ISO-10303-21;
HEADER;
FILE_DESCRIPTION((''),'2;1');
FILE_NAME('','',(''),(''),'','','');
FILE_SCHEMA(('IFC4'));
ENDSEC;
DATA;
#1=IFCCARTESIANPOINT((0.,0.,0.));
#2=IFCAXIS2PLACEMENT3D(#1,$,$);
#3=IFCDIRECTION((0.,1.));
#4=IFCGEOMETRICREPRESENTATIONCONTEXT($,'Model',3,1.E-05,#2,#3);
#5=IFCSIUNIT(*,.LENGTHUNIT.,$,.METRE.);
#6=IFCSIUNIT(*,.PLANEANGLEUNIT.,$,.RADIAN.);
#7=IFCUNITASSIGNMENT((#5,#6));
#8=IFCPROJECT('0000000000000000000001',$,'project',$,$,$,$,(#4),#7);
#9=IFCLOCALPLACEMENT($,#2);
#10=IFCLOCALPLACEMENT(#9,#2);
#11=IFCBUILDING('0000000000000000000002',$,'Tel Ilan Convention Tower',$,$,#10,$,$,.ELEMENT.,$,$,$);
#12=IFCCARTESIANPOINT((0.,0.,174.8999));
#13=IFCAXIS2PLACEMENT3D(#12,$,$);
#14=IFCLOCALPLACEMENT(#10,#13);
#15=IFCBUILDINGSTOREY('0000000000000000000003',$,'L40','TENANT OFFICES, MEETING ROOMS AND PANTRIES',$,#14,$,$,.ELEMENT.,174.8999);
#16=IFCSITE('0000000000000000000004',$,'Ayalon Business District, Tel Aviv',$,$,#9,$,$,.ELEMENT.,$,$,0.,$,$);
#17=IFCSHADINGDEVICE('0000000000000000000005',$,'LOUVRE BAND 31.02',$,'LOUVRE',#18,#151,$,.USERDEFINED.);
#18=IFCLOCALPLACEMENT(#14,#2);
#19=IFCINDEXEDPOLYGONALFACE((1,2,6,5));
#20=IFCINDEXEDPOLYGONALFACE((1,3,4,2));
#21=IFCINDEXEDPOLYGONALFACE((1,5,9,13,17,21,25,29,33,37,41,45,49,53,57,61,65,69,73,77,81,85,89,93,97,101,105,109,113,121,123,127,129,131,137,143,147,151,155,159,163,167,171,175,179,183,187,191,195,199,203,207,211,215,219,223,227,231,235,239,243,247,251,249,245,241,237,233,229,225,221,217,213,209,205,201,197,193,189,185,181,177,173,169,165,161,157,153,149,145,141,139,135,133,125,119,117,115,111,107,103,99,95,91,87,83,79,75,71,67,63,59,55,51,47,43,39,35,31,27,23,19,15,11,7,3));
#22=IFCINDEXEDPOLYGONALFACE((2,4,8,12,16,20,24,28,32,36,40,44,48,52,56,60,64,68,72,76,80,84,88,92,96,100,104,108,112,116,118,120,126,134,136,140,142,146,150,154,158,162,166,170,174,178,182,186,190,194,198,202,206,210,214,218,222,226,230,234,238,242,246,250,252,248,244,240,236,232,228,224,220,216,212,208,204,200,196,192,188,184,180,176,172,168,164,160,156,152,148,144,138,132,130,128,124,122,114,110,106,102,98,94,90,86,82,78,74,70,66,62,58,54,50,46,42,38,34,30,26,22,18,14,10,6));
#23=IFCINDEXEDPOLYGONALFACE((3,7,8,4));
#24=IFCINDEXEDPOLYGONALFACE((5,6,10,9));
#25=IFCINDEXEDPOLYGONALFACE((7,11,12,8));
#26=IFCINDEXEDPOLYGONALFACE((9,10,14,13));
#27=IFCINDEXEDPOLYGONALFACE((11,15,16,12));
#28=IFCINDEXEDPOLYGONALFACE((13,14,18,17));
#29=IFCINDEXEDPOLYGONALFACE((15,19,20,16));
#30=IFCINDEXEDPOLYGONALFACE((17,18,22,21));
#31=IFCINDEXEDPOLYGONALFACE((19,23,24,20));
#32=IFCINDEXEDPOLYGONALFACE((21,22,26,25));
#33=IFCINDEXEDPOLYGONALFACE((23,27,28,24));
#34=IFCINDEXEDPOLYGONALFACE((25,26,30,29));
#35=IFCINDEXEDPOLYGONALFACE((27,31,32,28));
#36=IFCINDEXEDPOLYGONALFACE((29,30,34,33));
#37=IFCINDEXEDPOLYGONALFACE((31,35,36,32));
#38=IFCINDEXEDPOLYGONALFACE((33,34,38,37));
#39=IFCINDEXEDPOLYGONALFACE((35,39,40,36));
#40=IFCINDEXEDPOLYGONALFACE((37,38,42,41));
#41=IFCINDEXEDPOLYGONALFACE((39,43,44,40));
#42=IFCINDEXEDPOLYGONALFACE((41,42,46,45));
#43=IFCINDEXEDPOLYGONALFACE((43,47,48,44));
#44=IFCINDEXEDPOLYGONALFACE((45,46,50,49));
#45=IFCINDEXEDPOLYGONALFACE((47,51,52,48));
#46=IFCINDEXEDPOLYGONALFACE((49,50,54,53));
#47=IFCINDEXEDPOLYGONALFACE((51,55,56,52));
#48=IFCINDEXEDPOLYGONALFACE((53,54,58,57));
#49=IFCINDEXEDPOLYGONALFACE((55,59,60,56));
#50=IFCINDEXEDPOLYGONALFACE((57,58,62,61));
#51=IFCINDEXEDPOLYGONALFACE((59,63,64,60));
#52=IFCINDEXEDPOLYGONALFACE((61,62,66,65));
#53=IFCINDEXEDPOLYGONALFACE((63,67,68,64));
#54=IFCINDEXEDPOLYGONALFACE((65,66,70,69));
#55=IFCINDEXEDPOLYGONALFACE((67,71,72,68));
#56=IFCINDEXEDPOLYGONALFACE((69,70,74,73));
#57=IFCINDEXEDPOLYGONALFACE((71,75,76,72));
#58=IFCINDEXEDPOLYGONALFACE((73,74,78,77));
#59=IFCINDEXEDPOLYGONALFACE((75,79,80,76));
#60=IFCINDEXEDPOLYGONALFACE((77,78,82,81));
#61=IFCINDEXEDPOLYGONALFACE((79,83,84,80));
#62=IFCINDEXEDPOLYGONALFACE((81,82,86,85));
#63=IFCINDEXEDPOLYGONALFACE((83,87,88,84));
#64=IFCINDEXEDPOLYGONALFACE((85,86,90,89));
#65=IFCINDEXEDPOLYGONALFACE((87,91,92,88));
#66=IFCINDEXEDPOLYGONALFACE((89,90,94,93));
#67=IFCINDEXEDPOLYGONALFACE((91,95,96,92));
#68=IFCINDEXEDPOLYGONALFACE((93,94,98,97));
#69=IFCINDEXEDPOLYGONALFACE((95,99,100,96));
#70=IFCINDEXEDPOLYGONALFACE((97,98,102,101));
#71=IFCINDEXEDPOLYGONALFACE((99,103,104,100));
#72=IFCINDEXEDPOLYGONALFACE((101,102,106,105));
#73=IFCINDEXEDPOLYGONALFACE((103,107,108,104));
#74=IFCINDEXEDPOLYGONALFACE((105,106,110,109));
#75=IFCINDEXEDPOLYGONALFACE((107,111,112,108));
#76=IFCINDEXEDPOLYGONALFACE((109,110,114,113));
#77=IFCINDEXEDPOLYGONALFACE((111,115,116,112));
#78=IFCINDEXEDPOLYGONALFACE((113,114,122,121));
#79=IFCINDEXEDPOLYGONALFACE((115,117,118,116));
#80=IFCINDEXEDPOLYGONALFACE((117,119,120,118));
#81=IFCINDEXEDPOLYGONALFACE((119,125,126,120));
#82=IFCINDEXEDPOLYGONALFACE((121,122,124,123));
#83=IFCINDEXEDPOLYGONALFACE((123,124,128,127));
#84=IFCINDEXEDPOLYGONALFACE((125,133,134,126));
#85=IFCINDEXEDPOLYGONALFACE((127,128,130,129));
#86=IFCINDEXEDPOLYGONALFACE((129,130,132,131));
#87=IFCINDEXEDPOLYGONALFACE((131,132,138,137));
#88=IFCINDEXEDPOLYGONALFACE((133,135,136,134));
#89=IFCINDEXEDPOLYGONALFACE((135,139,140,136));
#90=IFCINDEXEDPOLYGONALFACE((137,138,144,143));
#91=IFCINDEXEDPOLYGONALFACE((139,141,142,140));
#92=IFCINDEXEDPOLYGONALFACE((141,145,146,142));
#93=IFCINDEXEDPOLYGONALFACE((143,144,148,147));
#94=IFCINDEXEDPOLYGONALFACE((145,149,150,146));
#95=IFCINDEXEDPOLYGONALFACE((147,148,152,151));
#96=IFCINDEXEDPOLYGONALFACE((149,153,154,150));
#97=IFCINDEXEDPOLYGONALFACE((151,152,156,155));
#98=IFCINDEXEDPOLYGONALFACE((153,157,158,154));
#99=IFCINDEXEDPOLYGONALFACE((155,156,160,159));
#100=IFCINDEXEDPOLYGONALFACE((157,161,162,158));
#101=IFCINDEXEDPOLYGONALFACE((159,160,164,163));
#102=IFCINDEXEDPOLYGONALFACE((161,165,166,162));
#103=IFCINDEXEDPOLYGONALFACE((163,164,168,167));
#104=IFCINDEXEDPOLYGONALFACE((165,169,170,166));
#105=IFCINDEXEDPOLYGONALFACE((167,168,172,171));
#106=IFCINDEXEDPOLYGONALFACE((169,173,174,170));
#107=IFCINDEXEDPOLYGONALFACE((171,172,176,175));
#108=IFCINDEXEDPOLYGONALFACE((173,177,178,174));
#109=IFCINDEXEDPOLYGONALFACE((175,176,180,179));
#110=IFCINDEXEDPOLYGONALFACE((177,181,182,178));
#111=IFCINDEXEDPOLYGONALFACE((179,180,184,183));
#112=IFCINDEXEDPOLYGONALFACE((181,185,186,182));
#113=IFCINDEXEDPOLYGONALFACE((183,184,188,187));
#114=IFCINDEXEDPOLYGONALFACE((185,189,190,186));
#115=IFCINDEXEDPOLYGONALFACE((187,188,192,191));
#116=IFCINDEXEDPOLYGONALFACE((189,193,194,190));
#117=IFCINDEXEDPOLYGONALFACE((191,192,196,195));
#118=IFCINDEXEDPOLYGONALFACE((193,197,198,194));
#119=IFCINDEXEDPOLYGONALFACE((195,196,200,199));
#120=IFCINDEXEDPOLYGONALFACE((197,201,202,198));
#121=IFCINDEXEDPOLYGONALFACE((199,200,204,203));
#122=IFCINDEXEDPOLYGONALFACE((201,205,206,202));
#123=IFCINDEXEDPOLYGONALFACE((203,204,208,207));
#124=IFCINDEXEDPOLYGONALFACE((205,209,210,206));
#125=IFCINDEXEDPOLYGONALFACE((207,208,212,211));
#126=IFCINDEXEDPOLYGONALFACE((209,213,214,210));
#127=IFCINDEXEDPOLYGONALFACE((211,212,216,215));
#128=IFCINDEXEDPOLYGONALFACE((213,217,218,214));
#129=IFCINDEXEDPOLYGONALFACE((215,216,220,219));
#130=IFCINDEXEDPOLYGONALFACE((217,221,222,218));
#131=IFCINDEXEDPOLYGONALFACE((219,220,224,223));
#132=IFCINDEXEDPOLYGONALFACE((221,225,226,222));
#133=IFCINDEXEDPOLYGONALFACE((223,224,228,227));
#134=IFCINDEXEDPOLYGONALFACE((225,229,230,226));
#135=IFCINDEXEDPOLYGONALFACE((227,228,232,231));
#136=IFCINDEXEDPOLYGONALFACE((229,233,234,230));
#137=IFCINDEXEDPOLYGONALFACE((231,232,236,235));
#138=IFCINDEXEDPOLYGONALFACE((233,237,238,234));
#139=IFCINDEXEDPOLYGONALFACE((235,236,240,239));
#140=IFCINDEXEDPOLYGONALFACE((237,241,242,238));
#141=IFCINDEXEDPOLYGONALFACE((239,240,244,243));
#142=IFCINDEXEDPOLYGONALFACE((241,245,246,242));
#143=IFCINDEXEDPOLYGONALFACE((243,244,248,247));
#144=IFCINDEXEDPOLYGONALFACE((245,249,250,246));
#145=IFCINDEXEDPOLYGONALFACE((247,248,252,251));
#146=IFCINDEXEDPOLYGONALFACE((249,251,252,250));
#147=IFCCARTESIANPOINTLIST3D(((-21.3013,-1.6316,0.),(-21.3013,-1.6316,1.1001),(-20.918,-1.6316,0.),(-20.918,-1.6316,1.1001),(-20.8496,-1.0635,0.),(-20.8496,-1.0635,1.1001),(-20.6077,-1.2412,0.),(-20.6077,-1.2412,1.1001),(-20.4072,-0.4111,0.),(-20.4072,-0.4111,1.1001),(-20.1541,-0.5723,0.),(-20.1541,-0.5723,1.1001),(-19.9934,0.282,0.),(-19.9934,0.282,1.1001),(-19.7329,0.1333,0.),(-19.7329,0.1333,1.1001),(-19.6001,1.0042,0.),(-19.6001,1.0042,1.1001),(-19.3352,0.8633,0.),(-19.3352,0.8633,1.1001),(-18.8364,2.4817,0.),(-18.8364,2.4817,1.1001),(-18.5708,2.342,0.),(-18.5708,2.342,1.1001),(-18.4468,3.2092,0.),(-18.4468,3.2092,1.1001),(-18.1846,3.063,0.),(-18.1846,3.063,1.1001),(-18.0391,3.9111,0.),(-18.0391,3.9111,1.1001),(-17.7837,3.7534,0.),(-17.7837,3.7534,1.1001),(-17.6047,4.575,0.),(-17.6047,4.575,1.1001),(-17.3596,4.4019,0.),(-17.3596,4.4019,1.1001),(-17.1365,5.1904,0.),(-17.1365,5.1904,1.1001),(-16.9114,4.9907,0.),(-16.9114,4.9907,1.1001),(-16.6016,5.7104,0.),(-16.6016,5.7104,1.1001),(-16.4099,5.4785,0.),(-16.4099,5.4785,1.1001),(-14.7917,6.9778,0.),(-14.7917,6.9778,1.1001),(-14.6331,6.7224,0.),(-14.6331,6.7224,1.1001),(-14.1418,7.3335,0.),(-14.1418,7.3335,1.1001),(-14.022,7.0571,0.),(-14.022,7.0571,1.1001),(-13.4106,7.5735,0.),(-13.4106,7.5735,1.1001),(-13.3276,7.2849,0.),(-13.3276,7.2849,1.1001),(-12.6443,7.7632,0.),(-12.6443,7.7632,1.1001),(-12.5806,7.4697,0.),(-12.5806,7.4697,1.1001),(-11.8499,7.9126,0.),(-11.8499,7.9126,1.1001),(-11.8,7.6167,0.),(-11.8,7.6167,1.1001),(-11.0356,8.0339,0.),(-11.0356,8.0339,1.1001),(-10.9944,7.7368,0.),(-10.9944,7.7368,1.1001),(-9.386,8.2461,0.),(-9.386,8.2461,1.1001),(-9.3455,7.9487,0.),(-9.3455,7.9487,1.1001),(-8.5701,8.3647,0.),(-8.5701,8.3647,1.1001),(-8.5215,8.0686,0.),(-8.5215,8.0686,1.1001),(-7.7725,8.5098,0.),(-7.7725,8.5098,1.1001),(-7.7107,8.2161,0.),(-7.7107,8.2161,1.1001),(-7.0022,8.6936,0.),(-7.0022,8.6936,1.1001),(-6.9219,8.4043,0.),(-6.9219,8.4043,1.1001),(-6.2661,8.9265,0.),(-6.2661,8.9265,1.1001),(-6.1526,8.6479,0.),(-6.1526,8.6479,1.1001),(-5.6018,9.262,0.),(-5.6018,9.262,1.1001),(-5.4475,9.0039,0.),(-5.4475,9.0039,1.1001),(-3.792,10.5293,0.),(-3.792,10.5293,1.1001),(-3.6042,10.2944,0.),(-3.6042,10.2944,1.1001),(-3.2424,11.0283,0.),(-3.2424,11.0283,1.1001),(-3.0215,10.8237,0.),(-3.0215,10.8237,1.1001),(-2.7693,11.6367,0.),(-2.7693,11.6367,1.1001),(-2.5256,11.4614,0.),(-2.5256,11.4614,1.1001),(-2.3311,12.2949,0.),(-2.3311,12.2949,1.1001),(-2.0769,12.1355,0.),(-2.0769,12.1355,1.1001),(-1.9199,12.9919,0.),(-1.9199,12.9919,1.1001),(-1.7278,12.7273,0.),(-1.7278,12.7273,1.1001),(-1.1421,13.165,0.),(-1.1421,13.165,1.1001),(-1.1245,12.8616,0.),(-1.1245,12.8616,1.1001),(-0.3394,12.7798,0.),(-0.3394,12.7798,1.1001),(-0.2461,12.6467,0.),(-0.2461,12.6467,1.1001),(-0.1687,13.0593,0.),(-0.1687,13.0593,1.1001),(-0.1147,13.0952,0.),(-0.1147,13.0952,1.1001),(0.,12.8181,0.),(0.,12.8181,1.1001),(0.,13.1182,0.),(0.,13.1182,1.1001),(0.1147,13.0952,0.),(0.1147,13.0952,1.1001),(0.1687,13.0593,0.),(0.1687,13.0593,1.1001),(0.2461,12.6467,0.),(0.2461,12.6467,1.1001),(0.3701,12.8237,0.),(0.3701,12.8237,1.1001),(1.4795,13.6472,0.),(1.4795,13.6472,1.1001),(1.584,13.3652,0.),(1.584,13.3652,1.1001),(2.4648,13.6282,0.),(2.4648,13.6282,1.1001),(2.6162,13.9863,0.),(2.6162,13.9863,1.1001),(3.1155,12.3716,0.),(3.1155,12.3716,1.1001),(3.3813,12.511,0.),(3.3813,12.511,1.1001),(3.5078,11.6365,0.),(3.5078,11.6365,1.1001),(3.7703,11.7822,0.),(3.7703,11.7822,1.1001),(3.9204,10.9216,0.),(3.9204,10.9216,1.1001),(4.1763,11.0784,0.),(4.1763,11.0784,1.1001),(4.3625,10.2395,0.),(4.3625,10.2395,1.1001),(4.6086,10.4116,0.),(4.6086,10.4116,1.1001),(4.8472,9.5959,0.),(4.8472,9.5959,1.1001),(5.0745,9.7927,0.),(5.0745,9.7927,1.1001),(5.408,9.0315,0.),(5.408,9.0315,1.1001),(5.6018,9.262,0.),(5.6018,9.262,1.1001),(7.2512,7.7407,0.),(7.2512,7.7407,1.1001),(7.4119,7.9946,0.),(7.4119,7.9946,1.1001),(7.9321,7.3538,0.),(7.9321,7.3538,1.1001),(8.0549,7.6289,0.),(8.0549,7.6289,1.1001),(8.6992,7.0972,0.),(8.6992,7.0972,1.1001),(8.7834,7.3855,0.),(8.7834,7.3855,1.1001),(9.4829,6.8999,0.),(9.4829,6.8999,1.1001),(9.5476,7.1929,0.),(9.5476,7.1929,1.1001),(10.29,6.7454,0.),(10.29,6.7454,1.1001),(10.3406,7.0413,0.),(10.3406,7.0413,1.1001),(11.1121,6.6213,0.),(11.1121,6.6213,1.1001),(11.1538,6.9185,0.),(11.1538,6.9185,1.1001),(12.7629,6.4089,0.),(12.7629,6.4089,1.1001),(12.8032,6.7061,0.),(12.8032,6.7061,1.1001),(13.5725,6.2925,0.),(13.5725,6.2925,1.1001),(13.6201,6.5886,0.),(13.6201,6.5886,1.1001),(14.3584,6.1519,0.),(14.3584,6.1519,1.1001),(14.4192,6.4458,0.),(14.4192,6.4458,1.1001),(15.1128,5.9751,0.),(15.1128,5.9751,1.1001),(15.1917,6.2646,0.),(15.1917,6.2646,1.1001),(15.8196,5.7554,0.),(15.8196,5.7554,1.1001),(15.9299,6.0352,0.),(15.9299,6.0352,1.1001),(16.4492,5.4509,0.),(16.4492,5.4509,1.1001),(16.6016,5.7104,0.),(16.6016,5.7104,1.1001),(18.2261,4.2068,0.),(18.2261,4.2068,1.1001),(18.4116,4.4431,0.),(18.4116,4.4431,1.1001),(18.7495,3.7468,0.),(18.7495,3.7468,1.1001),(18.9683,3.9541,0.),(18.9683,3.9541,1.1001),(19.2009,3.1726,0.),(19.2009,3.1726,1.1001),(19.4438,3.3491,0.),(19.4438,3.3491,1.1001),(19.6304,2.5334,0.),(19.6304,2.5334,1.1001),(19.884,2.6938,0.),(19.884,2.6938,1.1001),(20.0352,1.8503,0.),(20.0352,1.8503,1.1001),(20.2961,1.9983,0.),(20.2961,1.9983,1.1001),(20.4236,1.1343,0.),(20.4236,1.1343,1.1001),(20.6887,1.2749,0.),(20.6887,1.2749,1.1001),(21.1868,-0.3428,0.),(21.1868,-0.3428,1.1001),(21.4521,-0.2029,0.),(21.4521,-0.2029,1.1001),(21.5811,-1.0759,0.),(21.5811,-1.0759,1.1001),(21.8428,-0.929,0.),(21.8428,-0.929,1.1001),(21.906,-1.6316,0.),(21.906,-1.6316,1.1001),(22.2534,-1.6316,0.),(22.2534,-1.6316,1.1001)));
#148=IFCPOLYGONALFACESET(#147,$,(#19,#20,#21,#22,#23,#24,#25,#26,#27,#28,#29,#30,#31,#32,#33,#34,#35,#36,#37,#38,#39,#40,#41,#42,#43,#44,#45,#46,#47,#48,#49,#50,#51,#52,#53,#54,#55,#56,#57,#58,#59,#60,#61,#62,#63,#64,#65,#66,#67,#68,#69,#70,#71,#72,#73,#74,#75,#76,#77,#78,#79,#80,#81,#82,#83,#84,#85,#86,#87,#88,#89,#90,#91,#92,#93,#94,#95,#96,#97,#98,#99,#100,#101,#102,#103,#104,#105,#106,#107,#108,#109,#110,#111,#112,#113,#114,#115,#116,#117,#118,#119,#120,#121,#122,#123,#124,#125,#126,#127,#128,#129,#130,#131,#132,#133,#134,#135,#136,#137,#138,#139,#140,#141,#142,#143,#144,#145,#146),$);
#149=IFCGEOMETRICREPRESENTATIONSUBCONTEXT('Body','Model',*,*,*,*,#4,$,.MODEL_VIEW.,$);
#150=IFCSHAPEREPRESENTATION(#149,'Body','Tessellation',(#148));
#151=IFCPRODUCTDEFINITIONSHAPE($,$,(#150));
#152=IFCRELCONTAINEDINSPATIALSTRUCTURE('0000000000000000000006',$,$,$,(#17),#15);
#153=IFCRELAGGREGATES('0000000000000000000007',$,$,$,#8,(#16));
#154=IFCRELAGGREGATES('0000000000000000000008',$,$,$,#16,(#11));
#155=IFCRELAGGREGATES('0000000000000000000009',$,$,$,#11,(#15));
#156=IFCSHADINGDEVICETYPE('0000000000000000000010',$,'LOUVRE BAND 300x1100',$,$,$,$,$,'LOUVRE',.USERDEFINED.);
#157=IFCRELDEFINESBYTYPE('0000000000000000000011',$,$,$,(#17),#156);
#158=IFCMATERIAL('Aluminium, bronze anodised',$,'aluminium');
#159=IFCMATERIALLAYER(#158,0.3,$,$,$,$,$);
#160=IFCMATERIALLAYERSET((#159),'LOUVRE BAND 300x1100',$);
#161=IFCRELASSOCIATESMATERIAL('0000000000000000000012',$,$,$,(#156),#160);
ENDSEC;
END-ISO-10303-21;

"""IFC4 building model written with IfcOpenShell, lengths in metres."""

from ifc_helpers import new_model, si_unit, direction, frame, origin, place, context, subcontext, project, spatial, polyline, outline, extrude, material, layer, layer_set, type_object, element, save


model = new_model("IFC4")

# Units and contexts
model_context = context("Model", 3, precision=1e-05, world=origin(), true_north=direction((0.0, 1.0)))
body_context = subcontext(model_context, "Body", "Model", "MODEL_VIEW")
ifc_project = project(units=[si_unit("LENGTHUNIT", "METRE"), si_unit("PLANEANGLEUNIT", "RADIAN")], contexts=[model_context])

# Site, building, storey
site_placement = place(None, origin())
site = spatial("IfcSite", under=ifc_project, at=site_placement, Name="Ayalon Business District, Tel Aviv", CompositionType="ELEMENT", RefElevation=0.0)
building_placement = place(site_placement, origin())
building = spatial("IfcBuilding", under=site, at=building_placement, Name="Tel Ilan Convention Tower", CompositionType="ELEMENT")
storey_placement = place(building_placement, frame((0.0, 0.0, 174.8999)))
storey = spatial("IfcBuildingStorey", under=building, at=storey_placement, Name="L40", Description="TENANT OFFICES, MEETING ROOMS AND PANTRIES", CompositionType="ELEMENT", Elevation=174.8999)

# Shading device
ifc_material_1 = material(Name="Aluminium, bronze anodised", Category="aluminium")
ifc_layer_1 = layer(ifc_material_1, 0.3)
ifc_layer_set_1 = layer_set([ifc_layer_1], Name="LOUVRE BAND 300x1100")
shading_device_type = type_object("IfcShadingDeviceType", Name="LOUVRE BAND 300x1100", ElementType="LOUVRE", PredefinedType="USERDEFINED", material=ifc_layer_set_1)
shading_device_1_placement = place(storey_placement, origin())
element("IfcShadingDevice", 1, at=shading_device_1_placement, inside=storey, type_object=shading_device_type, Name="LOUVRE BAND 31.02", ObjectType="LOUVRE", PredefinedType="USERDEFINED", context=body_context, shape_type="SweptSolid", body=[
    extrude(outline(polyline([(-20.8496, -1.0635), (-21.3013, -1.6316), (-20.918, -1.6316), (-20.6077, -1.2412), (-20.1541, -0.5723), (-19.7329, 0.1333), (-19.3352, 0.8633), (-18.5708, 2.342), (-18.1846, 3.063), (-17.7837, 3.7534), (-17.3596, 4.4019), (-16.9114, 4.9907), (-16.4099, 5.4785), (-14.6331, 6.7224), (-14.022, 7.0571), (-13.3276, 7.2849), (-12.5806, 7.4697), (-11.8, 7.6167), (-10.9944, 7.7368), (-9.3455, 7.9487), (-8.5215, 8.0686), (-7.7107, 8.2161), (-6.9219, 8.4043), (-6.1526, 8.6479), (-5.4475, 9.0039), (-3.6042, 10.2944), (-3.0215, 10.8237), (-2.5256, 11.4614), (-2.0769, 12.1355), (-1.7278, 12.7273), (-1.1245, 12.8616), (-0.3394, 12.7798), (-0.2461, 12.6467), (0.0, 12.8181), (0.2461, 12.6467), (0.3701, 12.8237), (1.584, 13.3652), (2.4648, 13.6282), (3.1155, 12.3716), (3.5078, 11.6365), (3.9204, 10.9216), (4.3625, 10.2395), (4.8472, 9.5959), (5.408, 9.0315), (7.2512, 7.7407), (7.9321, 7.3538), (8.6992, 7.0972), (9.4829, 6.8999), (10.29, 6.7454), (11.1121, 6.6213), (12.7629, 6.4089), (13.5725, 6.2925), (14.3584, 6.1519), (15.1128, 5.9751), (15.8196, 5.7554), (16.4492, 5.4509), (18.2261, 4.2068), (18.7495, 3.7468), (19.2009, 3.1726), (19.6304, 2.5334), (20.0352, 1.8503), (20.4236, 1.1343), (21.1868, -0.3428), (21.5811, -1.0759), (21.906, -1.6316), (22.2534, -1.6316), (21.8428, -0.929), (21.4521, -0.2029), (20.6887, 1.2749), (20.2961, 1.9983), (19.884, 2.6938), (19.4438, 3.3491), (18.9683, 3.9541), (18.4116, 4.4431), (16.6016, 5.7104), (15.9299, 6.0352), (15.1917, 6.2646), (14.4192, 6.4458), (13.6201, 6.5886), (12.8032, 6.7061), (11.1538, 6.9185), (10.3406, 7.0413), (9.5476, 7.1929), (8.7834, 7.3855), (8.0549, 7.6289), (7.4119, 7.9946), (5.6018, 9.262), (5.0745, 9.7927), (4.6086, 10.4116), (4.1763, 11.0784), (3.7703, 11.7822), (3.3813, 12.511), (2.6162, 13.9863), (1.4795, 13.6472), (0.1687, 13.0593), (0.1147, 13.0952), (0.0, 13.1182), (-0.1147, 13.0952), (-0.1687, 13.0593), (-1.1421, 13.165), (-1.9199, 12.9919), (-2.3311, 12.2949), (-2.7693, 11.6367), (-3.2424, 11.0283), (-3.792, 10.5293), (-5.6018, 9.262), (-6.2661, 8.9265), (-7.0022, 8.6936), (-7.7725, 8.5098), (-8.5701, 8.3647), (-9.386, 8.2461), (-11.0356, 8.0339), (-11.8499, 7.9126), (-12.6443, 7.7632), (-13.4106, 7.5735), (-14.1418, 7.3335), (-14.7917, 6.9778), (-16.6016, 5.7104), (-17.1365, 5.1904), (-17.6047, 4.575), (-18.0391, 3.9111), (-18.4468, 3.2092), (-18.8364, 2.4817), (-19.6001, 1.0042), (-19.9934, 0.282), (-20.4072, -0.4111), (-20.8496, -1.0635)])), origin(), (0.0, 0.0, 1.0), 1.1001),
])

save(model, "model.ifc")
